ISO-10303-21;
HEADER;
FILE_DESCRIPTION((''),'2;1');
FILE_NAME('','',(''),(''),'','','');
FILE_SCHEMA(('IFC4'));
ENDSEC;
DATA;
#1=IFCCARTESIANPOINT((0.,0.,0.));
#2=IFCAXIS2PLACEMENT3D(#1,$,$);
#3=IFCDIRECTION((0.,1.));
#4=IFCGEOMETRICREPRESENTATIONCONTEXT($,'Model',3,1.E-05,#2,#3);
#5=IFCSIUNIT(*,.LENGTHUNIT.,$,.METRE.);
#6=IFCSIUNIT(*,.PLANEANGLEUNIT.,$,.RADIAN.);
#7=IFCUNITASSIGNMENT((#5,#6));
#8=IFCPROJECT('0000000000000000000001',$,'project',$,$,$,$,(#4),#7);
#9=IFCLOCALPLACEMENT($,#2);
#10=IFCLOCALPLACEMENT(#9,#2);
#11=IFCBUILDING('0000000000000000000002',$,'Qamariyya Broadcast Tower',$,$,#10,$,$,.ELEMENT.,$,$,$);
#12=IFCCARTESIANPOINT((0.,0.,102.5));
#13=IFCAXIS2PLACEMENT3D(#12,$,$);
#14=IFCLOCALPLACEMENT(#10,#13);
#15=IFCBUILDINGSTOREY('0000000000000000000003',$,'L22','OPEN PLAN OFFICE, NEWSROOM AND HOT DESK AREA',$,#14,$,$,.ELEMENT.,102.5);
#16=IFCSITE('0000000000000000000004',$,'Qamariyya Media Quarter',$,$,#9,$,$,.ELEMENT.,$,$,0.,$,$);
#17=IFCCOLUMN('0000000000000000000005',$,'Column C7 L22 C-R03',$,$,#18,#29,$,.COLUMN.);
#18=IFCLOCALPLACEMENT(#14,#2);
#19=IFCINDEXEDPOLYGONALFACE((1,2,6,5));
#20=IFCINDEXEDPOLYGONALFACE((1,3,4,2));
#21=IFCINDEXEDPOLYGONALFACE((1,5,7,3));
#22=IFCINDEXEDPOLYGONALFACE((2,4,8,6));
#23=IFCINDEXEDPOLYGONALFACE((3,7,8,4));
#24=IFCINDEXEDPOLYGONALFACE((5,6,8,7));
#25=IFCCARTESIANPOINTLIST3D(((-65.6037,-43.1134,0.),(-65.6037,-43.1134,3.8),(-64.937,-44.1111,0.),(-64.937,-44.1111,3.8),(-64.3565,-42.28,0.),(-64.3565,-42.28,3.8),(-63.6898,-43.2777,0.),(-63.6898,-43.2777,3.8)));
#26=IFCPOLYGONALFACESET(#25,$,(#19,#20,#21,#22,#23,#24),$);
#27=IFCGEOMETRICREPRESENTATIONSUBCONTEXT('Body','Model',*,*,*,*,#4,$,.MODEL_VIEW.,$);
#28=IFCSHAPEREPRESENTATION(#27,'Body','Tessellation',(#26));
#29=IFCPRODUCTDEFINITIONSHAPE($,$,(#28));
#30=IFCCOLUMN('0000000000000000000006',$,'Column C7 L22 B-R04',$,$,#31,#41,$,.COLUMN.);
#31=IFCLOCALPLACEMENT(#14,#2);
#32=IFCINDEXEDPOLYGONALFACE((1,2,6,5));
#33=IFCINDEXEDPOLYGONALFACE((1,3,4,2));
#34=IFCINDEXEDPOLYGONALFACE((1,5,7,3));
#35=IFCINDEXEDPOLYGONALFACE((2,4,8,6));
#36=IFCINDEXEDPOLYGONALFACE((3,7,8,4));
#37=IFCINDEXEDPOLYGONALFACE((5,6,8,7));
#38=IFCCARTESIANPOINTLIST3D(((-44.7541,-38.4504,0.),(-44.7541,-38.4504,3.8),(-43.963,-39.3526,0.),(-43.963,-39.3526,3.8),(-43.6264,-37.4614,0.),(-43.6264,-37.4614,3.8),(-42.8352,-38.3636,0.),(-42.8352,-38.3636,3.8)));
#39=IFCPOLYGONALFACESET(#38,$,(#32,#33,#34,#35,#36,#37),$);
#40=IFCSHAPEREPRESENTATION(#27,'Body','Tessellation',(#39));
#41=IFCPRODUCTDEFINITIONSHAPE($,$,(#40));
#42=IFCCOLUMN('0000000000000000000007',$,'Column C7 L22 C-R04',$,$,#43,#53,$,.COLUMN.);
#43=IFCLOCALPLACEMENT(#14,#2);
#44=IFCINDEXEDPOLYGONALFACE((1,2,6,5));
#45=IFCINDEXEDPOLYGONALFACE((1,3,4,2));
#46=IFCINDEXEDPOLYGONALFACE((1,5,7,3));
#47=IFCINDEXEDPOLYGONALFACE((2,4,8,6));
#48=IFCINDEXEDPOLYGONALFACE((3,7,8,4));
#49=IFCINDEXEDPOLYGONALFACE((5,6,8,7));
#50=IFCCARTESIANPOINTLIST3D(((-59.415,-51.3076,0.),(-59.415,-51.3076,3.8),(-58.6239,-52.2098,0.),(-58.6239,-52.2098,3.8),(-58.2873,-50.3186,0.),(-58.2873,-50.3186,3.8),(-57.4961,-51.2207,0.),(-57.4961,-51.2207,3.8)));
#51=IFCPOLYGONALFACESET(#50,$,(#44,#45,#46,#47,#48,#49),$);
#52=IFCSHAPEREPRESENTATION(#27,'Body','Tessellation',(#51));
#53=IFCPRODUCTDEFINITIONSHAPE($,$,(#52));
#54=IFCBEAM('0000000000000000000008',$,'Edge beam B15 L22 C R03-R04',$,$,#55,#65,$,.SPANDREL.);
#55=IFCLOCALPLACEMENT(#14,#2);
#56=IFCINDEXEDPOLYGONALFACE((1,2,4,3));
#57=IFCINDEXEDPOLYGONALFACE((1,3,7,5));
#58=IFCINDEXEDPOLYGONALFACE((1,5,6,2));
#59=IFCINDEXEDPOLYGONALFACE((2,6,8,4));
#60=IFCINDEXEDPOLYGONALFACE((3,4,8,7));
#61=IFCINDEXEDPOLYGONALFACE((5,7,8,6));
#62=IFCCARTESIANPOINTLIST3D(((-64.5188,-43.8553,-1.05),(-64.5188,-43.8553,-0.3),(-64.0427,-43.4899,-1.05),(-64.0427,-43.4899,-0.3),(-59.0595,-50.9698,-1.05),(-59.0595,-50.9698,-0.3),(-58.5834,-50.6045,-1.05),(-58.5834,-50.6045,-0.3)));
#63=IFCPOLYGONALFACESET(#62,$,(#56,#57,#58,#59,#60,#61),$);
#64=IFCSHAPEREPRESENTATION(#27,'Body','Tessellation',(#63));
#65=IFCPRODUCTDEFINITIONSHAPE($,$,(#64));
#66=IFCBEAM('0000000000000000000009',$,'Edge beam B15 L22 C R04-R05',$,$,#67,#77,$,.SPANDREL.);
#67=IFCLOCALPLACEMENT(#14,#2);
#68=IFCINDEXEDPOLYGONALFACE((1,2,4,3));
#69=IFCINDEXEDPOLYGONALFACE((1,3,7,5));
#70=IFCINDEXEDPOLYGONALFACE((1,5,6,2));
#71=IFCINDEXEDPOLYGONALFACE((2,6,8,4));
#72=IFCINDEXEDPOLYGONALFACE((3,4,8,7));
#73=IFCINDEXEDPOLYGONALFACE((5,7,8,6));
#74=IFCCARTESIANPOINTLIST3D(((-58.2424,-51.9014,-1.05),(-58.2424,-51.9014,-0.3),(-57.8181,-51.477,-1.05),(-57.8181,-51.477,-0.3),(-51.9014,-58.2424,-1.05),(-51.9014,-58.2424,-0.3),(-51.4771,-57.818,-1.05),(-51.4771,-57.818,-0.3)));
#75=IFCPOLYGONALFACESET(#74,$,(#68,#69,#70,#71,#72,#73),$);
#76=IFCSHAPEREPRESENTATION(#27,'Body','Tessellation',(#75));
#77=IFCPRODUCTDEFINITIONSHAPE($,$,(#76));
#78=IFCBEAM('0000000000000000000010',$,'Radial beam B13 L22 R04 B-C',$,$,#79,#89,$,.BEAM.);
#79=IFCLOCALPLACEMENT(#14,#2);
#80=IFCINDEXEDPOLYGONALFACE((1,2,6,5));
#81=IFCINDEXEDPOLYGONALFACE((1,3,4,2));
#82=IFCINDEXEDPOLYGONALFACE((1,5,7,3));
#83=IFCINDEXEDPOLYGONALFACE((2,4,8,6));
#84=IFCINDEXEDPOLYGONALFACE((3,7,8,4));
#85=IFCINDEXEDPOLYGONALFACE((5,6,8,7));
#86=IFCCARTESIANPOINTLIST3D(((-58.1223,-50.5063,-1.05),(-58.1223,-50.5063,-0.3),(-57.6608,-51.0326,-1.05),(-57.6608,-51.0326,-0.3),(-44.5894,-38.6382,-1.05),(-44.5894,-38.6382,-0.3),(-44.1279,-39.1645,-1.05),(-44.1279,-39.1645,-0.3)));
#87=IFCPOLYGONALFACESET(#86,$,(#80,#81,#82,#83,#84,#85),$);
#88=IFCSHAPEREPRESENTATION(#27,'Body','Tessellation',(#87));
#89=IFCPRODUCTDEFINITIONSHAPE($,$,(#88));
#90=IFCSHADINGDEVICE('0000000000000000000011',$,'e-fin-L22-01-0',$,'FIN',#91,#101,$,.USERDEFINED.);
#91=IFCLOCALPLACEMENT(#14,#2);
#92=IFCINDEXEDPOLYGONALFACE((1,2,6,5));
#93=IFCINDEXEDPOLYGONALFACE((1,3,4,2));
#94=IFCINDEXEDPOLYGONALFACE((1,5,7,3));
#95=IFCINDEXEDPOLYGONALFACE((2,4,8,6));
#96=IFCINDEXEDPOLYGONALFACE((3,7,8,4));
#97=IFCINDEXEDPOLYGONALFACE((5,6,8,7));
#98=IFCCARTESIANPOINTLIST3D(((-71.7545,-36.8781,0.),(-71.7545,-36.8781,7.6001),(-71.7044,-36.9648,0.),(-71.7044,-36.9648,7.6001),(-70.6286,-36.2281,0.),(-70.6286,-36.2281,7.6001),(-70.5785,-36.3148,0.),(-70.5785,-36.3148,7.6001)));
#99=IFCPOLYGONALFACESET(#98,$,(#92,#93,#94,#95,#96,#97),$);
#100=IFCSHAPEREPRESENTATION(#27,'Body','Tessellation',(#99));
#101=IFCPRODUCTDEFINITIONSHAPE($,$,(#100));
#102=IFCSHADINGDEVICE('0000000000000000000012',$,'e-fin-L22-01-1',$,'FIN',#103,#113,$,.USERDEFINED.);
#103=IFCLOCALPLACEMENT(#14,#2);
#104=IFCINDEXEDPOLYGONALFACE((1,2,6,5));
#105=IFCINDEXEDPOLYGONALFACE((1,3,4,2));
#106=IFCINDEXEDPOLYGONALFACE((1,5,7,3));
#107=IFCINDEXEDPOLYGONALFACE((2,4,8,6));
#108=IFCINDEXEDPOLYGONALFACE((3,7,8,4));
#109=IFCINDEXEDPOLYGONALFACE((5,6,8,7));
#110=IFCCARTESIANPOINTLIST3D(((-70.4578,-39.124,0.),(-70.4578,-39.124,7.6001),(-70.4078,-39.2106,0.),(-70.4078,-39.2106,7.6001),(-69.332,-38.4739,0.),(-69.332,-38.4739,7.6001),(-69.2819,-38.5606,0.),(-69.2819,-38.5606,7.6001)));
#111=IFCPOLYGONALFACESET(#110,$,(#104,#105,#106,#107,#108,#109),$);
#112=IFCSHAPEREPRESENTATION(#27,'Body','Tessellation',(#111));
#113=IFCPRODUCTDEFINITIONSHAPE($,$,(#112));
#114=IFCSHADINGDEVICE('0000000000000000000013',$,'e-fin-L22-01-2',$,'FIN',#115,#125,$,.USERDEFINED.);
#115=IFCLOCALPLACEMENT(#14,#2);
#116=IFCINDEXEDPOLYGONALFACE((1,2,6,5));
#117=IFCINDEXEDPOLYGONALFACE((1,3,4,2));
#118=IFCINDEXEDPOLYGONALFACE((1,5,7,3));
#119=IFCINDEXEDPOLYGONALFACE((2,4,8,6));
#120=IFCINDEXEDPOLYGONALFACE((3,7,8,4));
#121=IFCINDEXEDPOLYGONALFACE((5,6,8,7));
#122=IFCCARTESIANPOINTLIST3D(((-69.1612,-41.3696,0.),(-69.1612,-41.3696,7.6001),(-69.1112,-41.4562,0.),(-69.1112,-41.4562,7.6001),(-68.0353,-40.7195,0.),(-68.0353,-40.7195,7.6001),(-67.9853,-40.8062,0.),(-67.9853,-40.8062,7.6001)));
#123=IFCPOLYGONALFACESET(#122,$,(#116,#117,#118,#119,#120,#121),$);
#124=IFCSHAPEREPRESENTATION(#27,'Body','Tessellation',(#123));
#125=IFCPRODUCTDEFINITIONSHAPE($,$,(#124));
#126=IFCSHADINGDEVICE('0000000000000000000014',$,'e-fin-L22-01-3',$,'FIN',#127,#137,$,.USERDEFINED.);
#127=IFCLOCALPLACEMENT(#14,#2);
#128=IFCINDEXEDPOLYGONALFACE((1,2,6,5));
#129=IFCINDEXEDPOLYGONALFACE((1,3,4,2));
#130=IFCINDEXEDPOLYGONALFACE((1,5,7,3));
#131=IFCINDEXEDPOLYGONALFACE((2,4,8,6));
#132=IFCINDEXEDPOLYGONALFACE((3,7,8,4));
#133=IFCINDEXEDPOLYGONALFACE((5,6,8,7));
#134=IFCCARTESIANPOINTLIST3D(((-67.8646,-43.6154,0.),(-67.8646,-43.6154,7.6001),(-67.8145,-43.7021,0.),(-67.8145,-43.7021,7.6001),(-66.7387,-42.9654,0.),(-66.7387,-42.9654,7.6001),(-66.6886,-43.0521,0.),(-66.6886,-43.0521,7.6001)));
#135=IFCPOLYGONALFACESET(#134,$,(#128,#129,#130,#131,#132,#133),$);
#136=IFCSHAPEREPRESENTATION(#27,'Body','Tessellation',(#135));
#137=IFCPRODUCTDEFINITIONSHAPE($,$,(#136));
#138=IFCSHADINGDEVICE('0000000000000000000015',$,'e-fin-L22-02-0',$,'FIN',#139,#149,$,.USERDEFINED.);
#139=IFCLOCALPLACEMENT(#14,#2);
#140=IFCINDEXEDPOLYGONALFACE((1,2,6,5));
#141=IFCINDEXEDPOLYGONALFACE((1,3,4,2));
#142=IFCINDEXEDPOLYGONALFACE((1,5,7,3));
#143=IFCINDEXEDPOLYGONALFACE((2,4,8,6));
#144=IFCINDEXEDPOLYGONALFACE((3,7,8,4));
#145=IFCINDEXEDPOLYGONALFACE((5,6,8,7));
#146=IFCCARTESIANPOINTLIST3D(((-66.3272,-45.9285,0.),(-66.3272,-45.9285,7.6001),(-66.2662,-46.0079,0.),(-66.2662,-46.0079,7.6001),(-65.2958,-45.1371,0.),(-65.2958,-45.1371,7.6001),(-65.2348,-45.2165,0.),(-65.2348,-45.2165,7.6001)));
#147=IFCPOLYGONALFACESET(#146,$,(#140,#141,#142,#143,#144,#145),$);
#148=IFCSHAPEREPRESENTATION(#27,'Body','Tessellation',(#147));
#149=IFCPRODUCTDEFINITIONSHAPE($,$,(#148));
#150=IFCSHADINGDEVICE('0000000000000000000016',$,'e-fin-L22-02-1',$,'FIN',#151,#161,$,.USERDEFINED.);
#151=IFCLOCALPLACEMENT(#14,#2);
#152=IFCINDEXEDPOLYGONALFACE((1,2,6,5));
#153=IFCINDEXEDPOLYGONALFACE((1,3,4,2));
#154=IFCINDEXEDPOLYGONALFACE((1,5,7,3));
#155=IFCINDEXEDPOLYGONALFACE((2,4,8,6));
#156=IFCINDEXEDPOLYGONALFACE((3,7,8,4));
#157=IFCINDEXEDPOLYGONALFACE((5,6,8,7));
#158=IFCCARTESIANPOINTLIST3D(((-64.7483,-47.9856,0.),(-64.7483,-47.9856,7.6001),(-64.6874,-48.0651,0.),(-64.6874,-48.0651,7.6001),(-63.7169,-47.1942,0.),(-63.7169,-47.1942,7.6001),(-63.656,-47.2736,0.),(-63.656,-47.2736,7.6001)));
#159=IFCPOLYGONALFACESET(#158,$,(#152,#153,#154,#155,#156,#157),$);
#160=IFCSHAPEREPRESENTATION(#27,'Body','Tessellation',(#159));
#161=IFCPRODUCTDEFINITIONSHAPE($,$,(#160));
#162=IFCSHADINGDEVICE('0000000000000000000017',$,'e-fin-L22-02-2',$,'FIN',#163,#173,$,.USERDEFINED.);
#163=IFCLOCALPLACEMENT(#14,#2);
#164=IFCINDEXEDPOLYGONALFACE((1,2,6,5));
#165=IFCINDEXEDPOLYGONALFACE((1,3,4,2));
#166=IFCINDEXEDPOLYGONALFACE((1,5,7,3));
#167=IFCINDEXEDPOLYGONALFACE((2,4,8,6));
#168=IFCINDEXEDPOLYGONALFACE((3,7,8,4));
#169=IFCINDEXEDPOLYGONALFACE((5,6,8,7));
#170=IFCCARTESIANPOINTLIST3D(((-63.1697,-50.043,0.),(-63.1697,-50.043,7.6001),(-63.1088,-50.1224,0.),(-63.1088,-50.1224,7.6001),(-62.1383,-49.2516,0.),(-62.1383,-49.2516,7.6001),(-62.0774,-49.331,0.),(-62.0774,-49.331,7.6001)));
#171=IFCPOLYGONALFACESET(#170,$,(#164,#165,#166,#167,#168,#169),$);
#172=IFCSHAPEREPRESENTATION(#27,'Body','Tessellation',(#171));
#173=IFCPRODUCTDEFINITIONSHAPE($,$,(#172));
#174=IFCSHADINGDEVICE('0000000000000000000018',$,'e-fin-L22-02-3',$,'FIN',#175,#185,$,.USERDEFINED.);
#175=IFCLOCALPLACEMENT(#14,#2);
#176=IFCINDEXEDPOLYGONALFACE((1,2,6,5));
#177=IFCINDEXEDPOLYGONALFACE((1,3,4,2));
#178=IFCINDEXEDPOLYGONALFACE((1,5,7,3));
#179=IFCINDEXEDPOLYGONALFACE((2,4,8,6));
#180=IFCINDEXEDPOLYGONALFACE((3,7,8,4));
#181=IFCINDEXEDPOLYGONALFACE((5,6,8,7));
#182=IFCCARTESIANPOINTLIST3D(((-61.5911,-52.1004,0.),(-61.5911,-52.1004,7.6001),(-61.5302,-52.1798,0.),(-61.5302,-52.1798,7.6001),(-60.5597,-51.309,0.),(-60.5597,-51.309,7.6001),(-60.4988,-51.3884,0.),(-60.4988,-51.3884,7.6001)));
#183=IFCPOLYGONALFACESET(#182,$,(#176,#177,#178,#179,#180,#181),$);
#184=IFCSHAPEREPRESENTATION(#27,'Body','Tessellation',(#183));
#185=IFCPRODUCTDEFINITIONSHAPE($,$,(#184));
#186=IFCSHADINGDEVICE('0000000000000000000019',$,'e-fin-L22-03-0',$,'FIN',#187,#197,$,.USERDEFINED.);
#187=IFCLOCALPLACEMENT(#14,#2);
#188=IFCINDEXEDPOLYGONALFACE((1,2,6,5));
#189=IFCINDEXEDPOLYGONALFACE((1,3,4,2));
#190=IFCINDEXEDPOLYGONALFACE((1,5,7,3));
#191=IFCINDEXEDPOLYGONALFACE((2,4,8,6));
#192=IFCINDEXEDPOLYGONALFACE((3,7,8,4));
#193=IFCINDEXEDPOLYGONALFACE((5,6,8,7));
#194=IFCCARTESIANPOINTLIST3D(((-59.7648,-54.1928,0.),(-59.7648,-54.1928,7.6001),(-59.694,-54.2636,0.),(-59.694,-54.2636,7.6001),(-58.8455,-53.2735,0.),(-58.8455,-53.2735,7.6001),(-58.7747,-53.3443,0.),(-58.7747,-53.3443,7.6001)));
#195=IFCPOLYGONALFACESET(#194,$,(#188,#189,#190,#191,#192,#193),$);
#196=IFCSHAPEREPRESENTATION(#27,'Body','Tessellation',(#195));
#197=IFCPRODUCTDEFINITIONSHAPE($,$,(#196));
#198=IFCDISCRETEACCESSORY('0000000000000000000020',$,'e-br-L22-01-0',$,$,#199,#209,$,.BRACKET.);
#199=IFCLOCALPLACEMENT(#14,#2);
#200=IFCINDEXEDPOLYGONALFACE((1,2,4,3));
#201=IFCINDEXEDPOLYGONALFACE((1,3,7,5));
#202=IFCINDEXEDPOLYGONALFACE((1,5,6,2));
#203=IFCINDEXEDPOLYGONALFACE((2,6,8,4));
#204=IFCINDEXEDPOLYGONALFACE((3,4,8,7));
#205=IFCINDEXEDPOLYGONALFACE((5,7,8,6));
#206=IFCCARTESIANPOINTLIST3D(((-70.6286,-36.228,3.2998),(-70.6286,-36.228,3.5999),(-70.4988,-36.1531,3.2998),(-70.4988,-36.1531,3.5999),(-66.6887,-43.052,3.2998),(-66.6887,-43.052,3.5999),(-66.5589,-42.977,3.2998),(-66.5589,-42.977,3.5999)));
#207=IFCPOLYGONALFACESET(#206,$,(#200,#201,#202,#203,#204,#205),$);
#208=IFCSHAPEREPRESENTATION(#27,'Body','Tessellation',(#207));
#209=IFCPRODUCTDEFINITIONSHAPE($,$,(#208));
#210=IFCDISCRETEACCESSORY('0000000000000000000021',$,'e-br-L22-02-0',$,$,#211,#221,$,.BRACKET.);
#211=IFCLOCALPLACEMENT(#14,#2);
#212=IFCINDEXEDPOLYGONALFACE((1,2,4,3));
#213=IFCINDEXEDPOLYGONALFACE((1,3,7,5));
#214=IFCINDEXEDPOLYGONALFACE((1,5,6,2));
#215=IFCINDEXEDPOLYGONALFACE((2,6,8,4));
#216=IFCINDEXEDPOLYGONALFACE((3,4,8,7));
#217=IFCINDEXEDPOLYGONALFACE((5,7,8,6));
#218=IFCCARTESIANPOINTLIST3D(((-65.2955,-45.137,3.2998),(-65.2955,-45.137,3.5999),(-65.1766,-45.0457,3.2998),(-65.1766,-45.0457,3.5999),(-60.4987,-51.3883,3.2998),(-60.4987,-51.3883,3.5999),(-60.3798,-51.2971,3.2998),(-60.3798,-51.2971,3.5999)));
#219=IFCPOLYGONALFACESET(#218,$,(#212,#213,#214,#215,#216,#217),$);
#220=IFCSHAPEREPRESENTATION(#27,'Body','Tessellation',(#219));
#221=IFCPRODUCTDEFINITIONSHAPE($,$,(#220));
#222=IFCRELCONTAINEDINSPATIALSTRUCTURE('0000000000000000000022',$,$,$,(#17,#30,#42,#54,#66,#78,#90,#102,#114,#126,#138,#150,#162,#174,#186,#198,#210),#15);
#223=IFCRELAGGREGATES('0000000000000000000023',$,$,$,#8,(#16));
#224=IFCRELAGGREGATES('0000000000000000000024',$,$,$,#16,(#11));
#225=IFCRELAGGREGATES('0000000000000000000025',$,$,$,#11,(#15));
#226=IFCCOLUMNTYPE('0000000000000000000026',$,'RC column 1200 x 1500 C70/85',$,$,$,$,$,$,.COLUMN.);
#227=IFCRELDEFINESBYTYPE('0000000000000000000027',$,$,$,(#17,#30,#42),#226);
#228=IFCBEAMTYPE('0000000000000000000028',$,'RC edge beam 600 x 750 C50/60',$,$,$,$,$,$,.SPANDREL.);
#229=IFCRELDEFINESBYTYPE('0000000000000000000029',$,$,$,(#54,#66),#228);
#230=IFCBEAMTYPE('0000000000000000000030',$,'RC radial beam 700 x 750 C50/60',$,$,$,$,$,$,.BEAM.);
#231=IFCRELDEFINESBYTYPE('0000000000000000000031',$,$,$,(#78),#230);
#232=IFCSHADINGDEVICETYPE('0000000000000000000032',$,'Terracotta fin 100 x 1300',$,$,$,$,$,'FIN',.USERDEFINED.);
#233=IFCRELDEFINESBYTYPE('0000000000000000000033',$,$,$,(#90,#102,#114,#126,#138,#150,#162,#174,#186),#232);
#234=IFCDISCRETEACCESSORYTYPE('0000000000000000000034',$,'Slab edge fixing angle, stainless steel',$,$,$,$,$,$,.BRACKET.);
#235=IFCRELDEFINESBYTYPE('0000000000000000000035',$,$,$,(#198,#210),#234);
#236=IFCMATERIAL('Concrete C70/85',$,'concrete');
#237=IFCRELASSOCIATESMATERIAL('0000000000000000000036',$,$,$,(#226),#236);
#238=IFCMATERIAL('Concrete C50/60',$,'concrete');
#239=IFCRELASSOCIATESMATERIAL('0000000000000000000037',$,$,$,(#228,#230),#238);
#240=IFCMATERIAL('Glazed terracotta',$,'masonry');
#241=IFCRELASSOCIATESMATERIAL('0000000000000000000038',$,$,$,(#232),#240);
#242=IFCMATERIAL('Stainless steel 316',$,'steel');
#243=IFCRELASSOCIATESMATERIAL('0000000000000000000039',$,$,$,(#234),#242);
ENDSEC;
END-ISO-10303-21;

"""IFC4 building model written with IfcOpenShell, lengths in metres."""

from ifc_helpers import new_model, si_unit, direction, frame, origin, origin_2d, place, context, subcontext, project, spatial, rectangle, extrude, material, material_profile, profile_set, type_object, element, save


model = new_model("IFC4")

# Units and contexts
model_context = context("Model", 3, precision=1e-05, world=origin(), true_north=direction((0.0, 1.0)))
body_context = subcontext(model_context, "Body", "Model", "MODEL_VIEW")
ifc_project = project(units=[si_unit("LENGTHUNIT", "METRE"), si_unit("PLANEANGLEUNIT", "RADIAN")], contexts=[model_context])

# Site, building, storey
site_placement = place(None, origin())
site = spatial("IfcSite", under=ifc_project, at=site_placement, Name="Qamariyya Media Quarter", CompositionType="ELEMENT", RefElevation=0.0)
building_placement = place(site_placement, origin())
building = spatial("IfcBuilding", under=site, at=building_placement, Name="Qamariyya Broadcast Tower", CompositionType="ELEMENT")
storey_placement = place(building_placement, frame((0.0, 0.0, 102.5)))
storey = spatial("IfcBuildingStorey", under=building, at=storey_placement, Name="L22", Description="OPEN PLAN OFFICE, NEWSROOM AND HOT DESK AREA", CompositionType="ELEMENT", Elevation=102.5)

# Columns
ifc_material_1 = material(Name="Concrete C70/85", Category="concrete")
ifc_material_profile_1 = material_profile(ifc_material_1, rectangle(XDim=1.2, YDim=1.5, at=origin_2d()))
ifc_profile_set_1 = profile_set([ifc_material_profile_1], Name="Concrete C70/85")
column_type = type_object("IfcColumnType", Name="RC column 1200 x 1500 C70/85", PredefinedType="COLUMN", material=ifc_profile_set_1)
for number, where, z_axis, x_axis, name in (
    (1, (-64.6467, -43.1956, 0.0), (0.0, 0.0, 1.0), (0.55557, -0.83147, 0.0), "Column C7 L22 C-R03"),
    (2, (-43.7947, -38.407, 0.0), (0.0, 0.0, 1.0), (0.659346, -0.75184, 0.0), "Column C7 L22 B-R04"),
    (3, (-58.4556, -51.2642, 0.0), (0.0, 0.0, 1.0), (0.659346, -0.75184, 0.0), "Column C7 L22 C-R04"),
):
    element("IfcColumn", number, at=place(storey_placement, frame(where, z_axis=z_axis, x_axis=x_axis)), inside=storey, type_object=column_type, Name=name, PredefinedType="COLUMN", context=body_context, shape_type="SweptSolid", body=[
        extrude(rectangle(XDim=1.2, YDim=1.5, at=origin_2d()), origin(), (0.0, 0.0, 1.0), 3.8),
    ])

# Beams
ifc_material_2 = material(Name="Concrete C50/60", Category="concrete")
ifc_material_profile_2 = material_profile(ifc_material_2, rectangle(XDim=0.6001, YDim=0.75, at=origin_2d()))
ifc_profile_set_2 = profile_set([ifc_material_profile_2], Name="Concrete C50/60")
beam_type_1 = type_object("IfcBeamType", Name="RC edge beam 600 x 750 C50/60", PredefinedType="SPANDREL", material=ifc_profile_set_2)
beam_1_placement = place(storey_placement, frame((-64.2808, -43.6726, -0.675), z_axis=(0.608767, -0.793349, 0.0), x_axis=(0.793349, 0.608767, 0.0)))
element("IfcBeam", 4, at=beam_1_placement, inside=storey, type_object=beam_type_1, Name="Edge beam B15 L22 C R03-R04", PredefinedType="SPANDREL", context=body_context, shape_type="SweptSolid", body=[
    extrude(rectangle(XDim=0.6001, YDim=0.75, at=origin_2d()), origin(), (0.0, 0.0, 1.0), 8.9678),
])
beam_2_placement = place(storey_placement, frame((-58.0303, -51.6892, -0.675), z_axis=(0.707107, -0.707107, 0.0), x_axis=(0.707107, 0.707107, 0.0)))
element("IfcBeam", 5, at=beam_2_placement, inside=storey, type_object=beam_type_1, Name="Edge beam B15 L22 C R04-R05", PredefinedType="SPANDREL", context=body_context, shape_type="SweptSolid", body=[
    extrude(rectangle(XDim=0.6001, YDim=0.75, at=origin_2d()), origin(), (0.0, 0.0, 1.0), 8.9675),
])
ifc_material_profile_3 = material_profile(ifc_material_2, rectangle(XDim=0.7, YDim=0.75, at=origin_2d()))
ifc_profile_set_3 = profile_set([ifc_material_profile_3], Name="Concrete C50/60")
beam_type_2 = type_object("IfcBeamType", Name="RC radial beam 700 x 750 C50/60", PredefinedType="BEAM", material=ifc_profile_set_3)
beam_3_placement = place(storey_placement, frame((-44.3586, -38.9014, -0.675), z_axis=(-0.751838, -0.659348, 0.0), x_axis=(0.659348, -0.751838, 0.0)))
element("IfcBeam", 6, at=beam_3_placement, inside=storey, type_object=beam_type_2, Name="Radial beam B13 L22 R04 B-C", PredefinedType="BEAM", context=body_context, shape_type="SweptSolid", body=[
    extrude(rectangle(XDim=0.7, YDim=0.75, at=origin_2d()), origin(), (0.0, 0.0, 1.0), 17.9998),
])

# Shading devices
ifc_material_3 = material(Name="Glazed terracotta", Category="masonry")
ifc_material_profile_4 = material_profile(ifc_material_3, rectangle(XDim=1.3, YDim=0.1001, at=origin_2d()))
ifc_profile_set_4 = profile_set([ifc_material_profile_4], Name="Glazed terracotta")
shading_device_type_1 = type_object("IfcShadingDeviceType", Name="Terracotta fin 100 x 1300", ElementType="FIN", PredefinedType="USERDEFINED", material=ifc_profile_set_4)
for number, where, z_axis, x_axis, name in (
    (7, (-71.1665, -36.5964, 0.0), (0.0, 0.0, 1.0), (-0.866025, -0.5, 0.0), "e-fin-L22-01-0"),
    (8, (-69.8699, -38.8423, 0.0), (0.0, 0.0, 1.0), (-0.866025, -0.5, 0.0), "e-fin-L22-01-1"),
    (9, (-68.5732, -41.0879, 0.0), (0.0, 0.0, 1.0), (-0.866025, -0.5, 0.0), "e-fin-L22-01-2"),
    (10, (-67.2766, -43.3337, 0.0), (0.0, 0.0, 1.0), (-0.866025, -0.5, 0.0), "e-fin-L22-01-3"),
    (11, (-65.781, -45.5725, 0.0), (0.0, 0.0, 1.0), (-0.793353, -0.608761, 0.0), "e-fin-L22-02-0"),
    (12, (-64.2021, -47.6296, 0.0), (0.0, 0.0, 1.0), (-0.793353, -0.608761, 0.0), "e-fin-L22-02-1"),
    (13, (-62.6235, -49.687, 0.0), (0.0, 0.0, 1.0), (-0.793353, -0.608761, 0.0), "e-fin-L22-02-2"),
    (14, (-61.0449, -51.7444, 0.0), (0.0, 0.0, 1.0), (-0.793353, -0.608761, 0.0), "e-fin-L22-02-3"),
    (15, (-59.2698, -53.7686, 0.0), (0.0, 0.0, 1.0), (-0.707107, -0.707107, 0.0), "e-fin-L22-03-0"),
):
    element("IfcShadingDevice", number, at=place(storey_placement, frame(where, z_axis=z_axis, x_axis=x_axis)), inside=storey, type_object=shading_device_type_1, Name=name, ObjectType="FIN", PredefinedType="USERDEFINED", context=body_context, shape_type="SweptSolid", body=[
        extrude(rectangle(XDim=1.3, YDim=0.1001, at=origin_2d()), origin(), (0.0, 0.0, 1.0), 7.6001),
    ])

# Discrete accessories
ifc_material_4 = material(Name="Stainless steel 316", Category="steel")
discrete_accessory_type = type_object("IfcDiscreteAccessoryType", Name="Slab edge fixing angle, stainless steel", PredefinedType="BRACKET", material=ifc_material_4)
for number, where, z_axis, x_axis, name in (
    (16, (-68.5938, -39.6025, 3.2998), (0.0, 0.0, 1.0), (0.5, -0.866025, 0.0), "e-br-L22-01-0"),
    (17, (-62.8376, -48.217, 3.2998), (0.0, 0.0, 1.0), (0.608761, -0.793353, 0.0), "e-br-L22-02-0"),
):
    element("IfcDiscreteAccessory", number, at=place(storey_placement, frame(where, z_axis=z_axis, x_axis=x_axis)), inside=storey, type_object=discrete_accessory_type, Name=name, PredefinedType="BRACKET", context=body_context, shape_type="SweptSolid", body=[
        extrude(rectangle(XDim=7.8796, YDim=0.1499, at=origin_2d()), origin(), (0.0, 0.0, 1.0), 0.3),
    ])

save(model, "model.ifc")
